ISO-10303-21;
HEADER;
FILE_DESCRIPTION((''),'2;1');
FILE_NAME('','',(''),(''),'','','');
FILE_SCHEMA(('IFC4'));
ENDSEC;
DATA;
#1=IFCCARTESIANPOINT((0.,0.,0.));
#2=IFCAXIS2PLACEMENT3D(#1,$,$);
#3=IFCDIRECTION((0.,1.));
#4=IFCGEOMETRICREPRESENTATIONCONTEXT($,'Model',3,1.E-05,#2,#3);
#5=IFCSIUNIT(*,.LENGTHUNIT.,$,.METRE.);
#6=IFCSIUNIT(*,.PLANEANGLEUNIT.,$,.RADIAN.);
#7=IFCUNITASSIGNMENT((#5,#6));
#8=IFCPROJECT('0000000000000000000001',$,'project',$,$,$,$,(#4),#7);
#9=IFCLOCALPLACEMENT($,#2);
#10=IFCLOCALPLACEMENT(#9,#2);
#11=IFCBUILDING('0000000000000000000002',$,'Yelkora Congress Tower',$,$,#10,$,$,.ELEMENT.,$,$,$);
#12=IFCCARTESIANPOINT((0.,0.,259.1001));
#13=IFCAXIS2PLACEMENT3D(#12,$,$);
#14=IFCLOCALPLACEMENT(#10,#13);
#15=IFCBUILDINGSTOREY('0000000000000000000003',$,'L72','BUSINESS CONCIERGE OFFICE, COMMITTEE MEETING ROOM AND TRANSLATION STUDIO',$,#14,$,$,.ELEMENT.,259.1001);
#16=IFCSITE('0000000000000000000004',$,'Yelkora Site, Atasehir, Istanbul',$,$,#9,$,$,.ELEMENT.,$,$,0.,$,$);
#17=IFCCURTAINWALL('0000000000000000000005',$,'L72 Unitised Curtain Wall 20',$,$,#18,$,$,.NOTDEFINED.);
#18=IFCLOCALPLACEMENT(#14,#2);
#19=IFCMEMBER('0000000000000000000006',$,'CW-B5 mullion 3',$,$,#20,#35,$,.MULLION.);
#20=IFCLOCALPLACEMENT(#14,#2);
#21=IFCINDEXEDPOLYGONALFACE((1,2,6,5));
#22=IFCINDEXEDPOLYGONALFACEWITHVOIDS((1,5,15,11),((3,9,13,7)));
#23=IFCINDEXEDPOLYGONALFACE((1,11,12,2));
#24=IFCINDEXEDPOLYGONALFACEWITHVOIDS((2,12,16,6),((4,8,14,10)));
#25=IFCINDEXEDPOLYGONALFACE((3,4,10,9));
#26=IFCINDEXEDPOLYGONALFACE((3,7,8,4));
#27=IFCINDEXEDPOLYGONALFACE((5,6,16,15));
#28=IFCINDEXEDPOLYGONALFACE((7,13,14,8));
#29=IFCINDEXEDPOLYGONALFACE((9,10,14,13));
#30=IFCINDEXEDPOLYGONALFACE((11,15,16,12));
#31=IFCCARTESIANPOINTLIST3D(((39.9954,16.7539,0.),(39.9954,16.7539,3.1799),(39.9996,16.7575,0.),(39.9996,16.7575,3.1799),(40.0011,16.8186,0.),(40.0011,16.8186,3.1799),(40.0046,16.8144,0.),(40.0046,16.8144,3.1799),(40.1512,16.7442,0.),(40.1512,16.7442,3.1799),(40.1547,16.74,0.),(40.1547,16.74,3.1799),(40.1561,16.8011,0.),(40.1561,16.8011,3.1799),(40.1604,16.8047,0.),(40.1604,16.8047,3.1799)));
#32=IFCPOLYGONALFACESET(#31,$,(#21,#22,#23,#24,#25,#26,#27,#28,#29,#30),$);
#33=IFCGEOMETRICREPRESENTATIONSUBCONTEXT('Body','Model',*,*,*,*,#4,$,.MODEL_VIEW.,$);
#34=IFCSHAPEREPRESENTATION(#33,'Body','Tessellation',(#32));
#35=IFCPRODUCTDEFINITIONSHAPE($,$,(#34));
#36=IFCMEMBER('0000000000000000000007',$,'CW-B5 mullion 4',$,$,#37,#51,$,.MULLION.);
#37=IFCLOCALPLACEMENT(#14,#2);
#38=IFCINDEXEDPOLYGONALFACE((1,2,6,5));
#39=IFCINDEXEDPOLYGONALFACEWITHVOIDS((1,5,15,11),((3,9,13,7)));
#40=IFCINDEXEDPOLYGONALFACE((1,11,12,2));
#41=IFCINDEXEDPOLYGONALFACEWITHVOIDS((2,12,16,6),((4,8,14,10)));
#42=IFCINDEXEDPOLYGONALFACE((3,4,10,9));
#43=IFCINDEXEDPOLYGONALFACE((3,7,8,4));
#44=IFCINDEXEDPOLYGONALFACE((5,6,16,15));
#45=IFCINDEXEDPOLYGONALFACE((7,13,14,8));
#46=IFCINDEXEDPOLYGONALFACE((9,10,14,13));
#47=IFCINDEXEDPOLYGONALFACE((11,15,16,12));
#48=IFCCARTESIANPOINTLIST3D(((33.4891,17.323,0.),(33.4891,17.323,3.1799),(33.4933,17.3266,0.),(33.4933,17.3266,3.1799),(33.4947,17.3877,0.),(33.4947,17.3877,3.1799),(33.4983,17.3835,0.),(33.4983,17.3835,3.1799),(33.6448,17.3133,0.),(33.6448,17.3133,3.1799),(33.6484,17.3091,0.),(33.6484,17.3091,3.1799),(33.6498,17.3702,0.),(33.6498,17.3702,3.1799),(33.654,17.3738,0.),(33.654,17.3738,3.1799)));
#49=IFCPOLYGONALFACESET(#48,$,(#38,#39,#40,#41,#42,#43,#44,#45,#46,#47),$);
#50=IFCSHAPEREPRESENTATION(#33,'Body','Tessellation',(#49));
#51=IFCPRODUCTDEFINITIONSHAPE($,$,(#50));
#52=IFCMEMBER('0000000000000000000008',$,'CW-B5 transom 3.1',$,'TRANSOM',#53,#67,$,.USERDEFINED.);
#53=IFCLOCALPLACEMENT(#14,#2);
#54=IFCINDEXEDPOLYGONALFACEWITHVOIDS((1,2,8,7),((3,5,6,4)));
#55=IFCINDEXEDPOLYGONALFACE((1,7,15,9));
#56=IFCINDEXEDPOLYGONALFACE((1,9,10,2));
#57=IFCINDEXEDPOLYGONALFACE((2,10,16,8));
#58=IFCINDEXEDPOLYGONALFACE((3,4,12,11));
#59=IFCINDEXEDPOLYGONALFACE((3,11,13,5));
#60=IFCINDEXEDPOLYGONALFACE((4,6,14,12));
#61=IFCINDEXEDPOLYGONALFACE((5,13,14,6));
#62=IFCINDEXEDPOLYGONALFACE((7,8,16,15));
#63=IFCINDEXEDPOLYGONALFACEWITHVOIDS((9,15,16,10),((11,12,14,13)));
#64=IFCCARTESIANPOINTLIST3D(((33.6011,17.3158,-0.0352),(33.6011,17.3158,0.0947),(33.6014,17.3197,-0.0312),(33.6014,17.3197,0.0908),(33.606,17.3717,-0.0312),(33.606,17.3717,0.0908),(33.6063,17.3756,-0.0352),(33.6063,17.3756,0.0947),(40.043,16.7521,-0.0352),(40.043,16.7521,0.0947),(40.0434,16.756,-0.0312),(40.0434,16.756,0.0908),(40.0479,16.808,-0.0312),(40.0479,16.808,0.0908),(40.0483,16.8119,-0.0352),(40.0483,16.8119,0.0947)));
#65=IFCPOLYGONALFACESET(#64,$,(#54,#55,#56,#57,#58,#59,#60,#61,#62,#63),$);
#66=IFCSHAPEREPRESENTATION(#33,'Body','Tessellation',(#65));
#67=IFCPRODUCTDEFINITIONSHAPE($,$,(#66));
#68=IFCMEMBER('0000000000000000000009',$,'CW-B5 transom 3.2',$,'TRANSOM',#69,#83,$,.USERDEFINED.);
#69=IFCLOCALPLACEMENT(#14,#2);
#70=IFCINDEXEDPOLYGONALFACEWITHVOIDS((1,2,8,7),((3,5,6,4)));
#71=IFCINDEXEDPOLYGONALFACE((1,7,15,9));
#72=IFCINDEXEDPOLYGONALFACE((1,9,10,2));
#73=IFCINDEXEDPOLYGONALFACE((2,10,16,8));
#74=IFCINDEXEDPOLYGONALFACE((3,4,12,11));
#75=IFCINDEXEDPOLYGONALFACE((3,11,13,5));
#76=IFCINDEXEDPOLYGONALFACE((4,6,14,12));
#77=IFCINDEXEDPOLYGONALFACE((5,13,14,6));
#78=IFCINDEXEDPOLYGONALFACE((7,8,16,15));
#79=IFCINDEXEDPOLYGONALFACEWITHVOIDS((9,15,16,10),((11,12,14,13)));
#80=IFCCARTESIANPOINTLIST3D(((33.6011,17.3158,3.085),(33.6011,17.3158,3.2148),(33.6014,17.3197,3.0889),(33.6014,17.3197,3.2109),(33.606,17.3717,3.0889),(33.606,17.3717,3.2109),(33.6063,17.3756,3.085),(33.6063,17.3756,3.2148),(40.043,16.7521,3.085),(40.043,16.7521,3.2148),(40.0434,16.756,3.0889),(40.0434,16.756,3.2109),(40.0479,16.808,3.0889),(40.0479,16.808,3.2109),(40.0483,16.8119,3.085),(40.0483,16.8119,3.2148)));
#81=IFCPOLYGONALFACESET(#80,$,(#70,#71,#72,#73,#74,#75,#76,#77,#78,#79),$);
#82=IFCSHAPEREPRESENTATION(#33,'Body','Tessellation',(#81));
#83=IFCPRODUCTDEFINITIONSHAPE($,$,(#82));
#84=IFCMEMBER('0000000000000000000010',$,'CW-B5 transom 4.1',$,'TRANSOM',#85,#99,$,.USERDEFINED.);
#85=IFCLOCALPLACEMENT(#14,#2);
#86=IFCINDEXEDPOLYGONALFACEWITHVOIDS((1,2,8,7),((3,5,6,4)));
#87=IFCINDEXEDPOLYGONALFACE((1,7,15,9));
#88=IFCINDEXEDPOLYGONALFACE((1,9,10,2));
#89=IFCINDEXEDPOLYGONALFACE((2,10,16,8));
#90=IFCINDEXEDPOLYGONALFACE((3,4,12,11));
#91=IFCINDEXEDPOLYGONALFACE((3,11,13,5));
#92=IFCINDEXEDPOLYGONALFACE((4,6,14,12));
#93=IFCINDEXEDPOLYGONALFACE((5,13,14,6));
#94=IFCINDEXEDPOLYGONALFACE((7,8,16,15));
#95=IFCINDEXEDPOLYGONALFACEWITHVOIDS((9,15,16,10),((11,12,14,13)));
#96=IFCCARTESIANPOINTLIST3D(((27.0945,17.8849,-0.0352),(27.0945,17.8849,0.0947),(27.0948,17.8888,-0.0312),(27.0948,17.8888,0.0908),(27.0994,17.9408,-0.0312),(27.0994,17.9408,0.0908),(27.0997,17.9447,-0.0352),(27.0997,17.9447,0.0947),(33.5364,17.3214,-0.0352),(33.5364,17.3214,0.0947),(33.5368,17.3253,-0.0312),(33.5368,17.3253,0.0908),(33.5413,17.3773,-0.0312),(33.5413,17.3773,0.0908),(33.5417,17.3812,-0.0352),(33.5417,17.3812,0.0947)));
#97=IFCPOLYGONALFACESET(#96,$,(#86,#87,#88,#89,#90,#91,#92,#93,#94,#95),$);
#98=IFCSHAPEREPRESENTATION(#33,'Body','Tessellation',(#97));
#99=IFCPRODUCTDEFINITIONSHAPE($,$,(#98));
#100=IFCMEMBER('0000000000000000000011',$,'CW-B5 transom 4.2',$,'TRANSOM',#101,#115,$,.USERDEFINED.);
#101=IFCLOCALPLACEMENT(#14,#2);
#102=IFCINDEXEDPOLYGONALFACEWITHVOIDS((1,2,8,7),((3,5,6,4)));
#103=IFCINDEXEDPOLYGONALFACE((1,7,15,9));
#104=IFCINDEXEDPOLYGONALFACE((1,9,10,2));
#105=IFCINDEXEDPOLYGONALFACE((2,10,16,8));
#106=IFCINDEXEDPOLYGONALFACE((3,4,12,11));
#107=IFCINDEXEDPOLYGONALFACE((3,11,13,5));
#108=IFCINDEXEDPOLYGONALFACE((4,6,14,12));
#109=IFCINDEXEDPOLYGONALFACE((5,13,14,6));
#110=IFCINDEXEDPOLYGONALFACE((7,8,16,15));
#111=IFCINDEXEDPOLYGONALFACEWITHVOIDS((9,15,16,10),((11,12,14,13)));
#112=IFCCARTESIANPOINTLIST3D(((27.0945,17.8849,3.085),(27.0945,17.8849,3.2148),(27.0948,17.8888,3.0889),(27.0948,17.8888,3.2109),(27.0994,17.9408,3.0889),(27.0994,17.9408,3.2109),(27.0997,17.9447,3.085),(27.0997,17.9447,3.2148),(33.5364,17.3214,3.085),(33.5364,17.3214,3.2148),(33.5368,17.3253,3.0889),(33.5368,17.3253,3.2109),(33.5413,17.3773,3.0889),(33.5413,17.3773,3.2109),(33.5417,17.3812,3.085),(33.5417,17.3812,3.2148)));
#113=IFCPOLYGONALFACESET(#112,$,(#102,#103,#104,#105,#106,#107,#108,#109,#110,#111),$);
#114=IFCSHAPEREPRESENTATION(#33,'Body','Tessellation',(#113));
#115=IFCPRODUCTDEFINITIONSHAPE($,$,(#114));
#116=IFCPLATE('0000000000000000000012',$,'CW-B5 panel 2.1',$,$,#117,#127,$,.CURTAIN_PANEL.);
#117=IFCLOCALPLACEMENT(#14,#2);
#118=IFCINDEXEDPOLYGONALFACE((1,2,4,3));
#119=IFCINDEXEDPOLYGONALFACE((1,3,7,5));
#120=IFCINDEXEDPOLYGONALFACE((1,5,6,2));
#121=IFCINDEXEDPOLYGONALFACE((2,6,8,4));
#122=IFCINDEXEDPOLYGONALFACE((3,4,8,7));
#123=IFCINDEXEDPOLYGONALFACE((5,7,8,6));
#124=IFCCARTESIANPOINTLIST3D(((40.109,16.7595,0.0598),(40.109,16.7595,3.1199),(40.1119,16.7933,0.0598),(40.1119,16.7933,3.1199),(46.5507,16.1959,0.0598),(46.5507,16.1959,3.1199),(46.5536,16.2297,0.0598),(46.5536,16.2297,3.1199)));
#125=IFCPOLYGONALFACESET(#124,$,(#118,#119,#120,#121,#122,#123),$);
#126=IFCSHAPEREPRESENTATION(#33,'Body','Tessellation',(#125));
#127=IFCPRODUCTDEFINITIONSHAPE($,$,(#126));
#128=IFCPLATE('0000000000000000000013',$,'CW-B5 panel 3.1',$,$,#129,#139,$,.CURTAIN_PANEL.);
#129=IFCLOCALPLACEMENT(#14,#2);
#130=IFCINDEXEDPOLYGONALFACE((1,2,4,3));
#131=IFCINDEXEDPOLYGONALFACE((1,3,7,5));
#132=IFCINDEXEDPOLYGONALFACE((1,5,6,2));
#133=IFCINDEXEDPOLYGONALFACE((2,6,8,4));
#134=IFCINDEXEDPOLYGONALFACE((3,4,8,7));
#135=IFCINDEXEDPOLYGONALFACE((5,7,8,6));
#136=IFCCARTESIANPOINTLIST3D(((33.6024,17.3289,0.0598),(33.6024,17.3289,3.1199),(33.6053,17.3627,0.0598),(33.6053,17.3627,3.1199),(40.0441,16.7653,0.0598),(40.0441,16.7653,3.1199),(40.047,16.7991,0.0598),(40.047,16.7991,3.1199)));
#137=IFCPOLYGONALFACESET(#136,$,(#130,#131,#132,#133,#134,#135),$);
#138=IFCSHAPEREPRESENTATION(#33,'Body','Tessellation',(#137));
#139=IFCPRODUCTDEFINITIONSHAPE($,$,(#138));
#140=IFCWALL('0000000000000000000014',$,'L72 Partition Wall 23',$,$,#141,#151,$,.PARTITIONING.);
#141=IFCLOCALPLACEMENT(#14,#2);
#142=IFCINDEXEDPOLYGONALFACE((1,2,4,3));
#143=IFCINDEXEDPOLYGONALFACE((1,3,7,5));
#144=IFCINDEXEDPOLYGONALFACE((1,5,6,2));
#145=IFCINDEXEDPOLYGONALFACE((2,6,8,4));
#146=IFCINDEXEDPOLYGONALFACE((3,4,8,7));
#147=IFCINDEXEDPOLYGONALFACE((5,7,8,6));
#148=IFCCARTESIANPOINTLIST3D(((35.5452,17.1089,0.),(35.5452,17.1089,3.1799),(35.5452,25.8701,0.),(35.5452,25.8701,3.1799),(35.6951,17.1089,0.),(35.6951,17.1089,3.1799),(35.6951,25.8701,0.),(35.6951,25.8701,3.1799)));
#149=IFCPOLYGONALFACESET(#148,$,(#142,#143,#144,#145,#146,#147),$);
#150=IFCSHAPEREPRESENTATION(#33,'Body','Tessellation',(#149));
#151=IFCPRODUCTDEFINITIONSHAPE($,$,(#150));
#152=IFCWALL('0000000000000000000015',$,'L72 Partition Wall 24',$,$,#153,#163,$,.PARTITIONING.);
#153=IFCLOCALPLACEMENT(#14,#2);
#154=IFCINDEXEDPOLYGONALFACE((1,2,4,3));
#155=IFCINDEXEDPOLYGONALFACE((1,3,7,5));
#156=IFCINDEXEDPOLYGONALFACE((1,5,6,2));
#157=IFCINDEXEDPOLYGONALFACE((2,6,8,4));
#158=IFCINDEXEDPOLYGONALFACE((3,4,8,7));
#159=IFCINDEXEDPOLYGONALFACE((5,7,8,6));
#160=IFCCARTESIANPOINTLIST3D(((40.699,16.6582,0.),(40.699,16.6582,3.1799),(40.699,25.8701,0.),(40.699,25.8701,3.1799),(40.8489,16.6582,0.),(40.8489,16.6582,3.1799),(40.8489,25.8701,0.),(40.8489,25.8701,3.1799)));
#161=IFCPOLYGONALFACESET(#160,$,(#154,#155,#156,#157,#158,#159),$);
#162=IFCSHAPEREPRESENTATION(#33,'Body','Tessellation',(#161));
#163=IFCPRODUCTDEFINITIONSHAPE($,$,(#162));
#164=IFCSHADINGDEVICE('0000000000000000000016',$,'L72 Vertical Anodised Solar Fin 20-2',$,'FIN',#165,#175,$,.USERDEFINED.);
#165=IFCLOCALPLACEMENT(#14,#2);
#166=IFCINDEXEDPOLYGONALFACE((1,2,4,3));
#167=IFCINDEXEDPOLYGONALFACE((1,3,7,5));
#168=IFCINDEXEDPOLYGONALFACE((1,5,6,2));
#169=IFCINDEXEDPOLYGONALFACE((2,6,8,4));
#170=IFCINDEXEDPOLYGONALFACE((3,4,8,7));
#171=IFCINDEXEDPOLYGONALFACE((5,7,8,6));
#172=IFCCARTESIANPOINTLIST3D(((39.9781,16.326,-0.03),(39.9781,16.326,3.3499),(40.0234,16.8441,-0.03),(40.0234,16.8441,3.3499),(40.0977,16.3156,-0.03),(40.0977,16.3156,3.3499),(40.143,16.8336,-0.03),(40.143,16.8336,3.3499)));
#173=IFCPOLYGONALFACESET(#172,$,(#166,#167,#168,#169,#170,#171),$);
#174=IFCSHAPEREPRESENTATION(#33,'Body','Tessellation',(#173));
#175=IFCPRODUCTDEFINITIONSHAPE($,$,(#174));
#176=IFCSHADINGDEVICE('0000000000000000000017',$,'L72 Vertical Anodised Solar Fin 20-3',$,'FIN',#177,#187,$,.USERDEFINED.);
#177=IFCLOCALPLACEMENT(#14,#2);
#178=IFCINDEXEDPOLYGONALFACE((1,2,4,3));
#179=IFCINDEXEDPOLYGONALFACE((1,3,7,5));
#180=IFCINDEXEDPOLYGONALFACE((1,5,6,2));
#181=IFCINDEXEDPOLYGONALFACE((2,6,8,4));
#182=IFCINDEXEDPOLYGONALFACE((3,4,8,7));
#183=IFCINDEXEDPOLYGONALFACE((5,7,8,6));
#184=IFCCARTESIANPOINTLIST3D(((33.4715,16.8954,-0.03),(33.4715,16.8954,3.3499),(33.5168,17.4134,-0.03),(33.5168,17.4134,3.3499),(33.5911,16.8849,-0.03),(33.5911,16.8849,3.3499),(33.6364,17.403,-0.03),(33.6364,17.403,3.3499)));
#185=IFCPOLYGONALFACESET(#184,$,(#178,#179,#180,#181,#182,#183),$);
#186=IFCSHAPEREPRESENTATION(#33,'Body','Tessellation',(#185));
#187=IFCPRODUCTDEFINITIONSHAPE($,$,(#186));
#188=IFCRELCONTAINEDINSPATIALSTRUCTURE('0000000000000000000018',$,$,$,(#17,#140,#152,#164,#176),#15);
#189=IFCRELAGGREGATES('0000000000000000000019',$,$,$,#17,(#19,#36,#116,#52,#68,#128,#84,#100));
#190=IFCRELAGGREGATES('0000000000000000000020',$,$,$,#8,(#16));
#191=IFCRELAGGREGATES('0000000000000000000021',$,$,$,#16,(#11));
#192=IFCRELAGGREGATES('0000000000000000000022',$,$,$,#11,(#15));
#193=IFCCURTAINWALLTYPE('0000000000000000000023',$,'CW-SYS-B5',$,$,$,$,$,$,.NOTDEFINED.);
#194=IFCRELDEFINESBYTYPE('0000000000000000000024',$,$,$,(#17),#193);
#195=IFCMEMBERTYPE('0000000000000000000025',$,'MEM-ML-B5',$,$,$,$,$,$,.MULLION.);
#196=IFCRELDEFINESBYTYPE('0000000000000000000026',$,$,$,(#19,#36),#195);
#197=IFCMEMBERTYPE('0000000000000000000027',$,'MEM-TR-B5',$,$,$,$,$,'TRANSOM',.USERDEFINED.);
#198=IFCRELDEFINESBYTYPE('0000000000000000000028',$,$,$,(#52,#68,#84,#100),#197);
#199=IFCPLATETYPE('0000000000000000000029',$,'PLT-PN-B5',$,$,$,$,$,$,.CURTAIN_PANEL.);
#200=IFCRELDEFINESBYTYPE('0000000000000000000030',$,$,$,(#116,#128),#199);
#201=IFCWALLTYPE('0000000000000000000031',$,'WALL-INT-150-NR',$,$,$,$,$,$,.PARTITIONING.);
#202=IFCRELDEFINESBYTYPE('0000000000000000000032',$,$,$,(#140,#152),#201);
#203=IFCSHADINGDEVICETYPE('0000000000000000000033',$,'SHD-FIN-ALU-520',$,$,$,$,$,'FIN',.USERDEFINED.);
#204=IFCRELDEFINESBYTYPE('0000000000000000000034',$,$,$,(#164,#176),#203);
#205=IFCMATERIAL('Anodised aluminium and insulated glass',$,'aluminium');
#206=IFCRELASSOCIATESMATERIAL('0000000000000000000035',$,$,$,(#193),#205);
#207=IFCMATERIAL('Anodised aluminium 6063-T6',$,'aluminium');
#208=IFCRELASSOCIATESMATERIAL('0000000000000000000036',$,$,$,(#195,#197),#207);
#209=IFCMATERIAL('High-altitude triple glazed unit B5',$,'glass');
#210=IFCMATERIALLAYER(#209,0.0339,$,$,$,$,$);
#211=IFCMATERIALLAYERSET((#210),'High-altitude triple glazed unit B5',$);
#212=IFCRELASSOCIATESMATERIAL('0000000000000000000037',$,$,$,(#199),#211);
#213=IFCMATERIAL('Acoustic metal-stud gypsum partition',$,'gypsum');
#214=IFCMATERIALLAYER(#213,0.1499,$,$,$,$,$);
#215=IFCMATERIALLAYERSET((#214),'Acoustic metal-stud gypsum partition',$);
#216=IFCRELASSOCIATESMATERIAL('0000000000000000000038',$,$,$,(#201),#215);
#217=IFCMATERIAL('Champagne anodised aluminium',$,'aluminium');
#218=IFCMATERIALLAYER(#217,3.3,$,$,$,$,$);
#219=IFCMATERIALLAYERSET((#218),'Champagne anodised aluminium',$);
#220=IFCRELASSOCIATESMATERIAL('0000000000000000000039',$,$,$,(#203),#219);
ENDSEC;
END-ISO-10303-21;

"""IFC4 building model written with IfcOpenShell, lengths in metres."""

from ifc_helpers import new_model, si_unit, direction, frame, frame_2d, origin, origin_2d, place, context, subcontext, project, spatial, rectangle, hollow_rectangle, extrude, material, layer, layer_set, material_profile, profile_set, type_object, element, aggregate, save


model = new_model("IFC4")

# Units and contexts
model_context = context("Model", 3, precision=1e-05, world=origin(), true_north=direction((0.0, 1.0)))
body_context = subcontext(model_context, "Body", "Model", "MODEL_VIEW")
ifc_project = project(units=[si_unit("LENGTHUNIT", "METRE"), si_unit("PLANEANGLEUNIT", "RADIAN")], contexts=[model_context])

# Site, building, storey
site_placement = place(None, origin())
site = spatial("IfcSite", under=ifc_project, at=site_placement, Name="Yelkora Site, Atasehir, Istanbul", CompositionType="ELEMENT", RefElevation=0.0)
building_placement = place(site_placement, origin())
building = spatial("IfcBuilding", under=site, at=building_placement, Name="Yelkora Congress Tower", CompositionType="ELEMENT")
storey_placement = place(building_placement, frame((0.0, 0.0, 259.1001)))
storey = spatial("IfcBuildingStorey", under=building, at=storey_placement, Name="L72", Description="BUSINESS CONCIERGE OFFICE, COMMITTEE MEETING ROOM AND TRANSLATION STUDIO", CompositionType="ELEMENT", Elevation=259.1001)

# Curtain wall, members, plates
ifc_material_1 = material(Name="Anodised aluminium and insulated glass", Category="aluminium")
curtain_wall_type = type_object("IfcCurtainWallType", Name="CW-SYS-B5", PredefinedType="NOTDEFINED", material=ifc_material_1)
curtain_wall_placement = place(storey_placement, origin())
curtain_wall = element("IfcCurtainWall", 1, at=curtain_wall_placement, inside=storey, type_object=curtain_wall_type, Name="L72 Unitised Curtain Wall 20", PredefinedType="NOTDEFINED")
ifc_material_2 = material(Name="Anodised aluminium 6063-T6", Category="aluminium")
ifc_material_profile_1 = material_profile(ifc_material_2, hollow_rectangle(XDim=0.0649, YDim=0.1599, WallThickness=0.0039, at=origin_2d()), Name="ALU 65x160x4")
ifc_profile_set_1 = profile_set([ifc_material_profile_1], Name="Anodised aluminium 6063-T6")
member_type_1 = type_object("IfcMemberType", Name="MEM-ML-B5", PredefinedType="MULLION", material=ifc_profile_set_1)
member_1_placement = place(storey_placement, frame((40.0779, 16.7793, 0.0), z_axis=(0.0, 0.0, 1.0), x_axis=(-0.087157, -0.996195, 0.0)))
member_1 = element("IfcMember", 2, at=member_1_placement, type_object=member_type_1, Name="CW-B5 mullion 3", PredefinedType="MULLION", context=body_context, shape_type="SweptSolid", body=[
    extrude(hollow_rectangle(XDim=0.0649, YDim=0.1599, WallThickness=0.0039, at=origin_2d()), origin(), (0.0, 0.0, 1.0), 3.1799),
])
member_2_placement = place(storey_placement, frame((33.5715, 17.3484, 0.0), z_axis=(0.0, 0.0, 1.0), x_axis=(-0.087157, -0.996195, 0.0)))
member_2 = element("IfcMember", 3, at=member_2_placement, type_object=member_type_1, Name="CW-B5 mullion 4", PredefinedType="MULLION", context=body_context, shape_type="SweptSolid", body=[
    extrude(hollow_rectangle(XDim=0.0649, YDim=0.1599, WallThickness=0.0039, at=origin_2d()), origin(), (0.0, 0.0, 1.0), 3.1799),
])
ifc_material_profile_2 = material_profile(ifc_material_2, hollow_rectangle(XDim=0.0601, YDim=0.1299, WallThickness=0.0039, at=origin_2d()), Name="ALU 60x130x4")
ifc_profile_set_2 = profile_set([ifc_material_profile_2], Name="Anodised aluminium 6063-T6")
member_type_2 = type_object("IfcMemberType", Name="MEM-TR-B5", ElementType="TRANSOM", PredefinedType="USERDEFINED", material=ifc_profile_set_2)
member_3_placement = place(storey_placement, frame((40.0457, 16.782, 0.0298), z_axis=(-0.996193, 0.087175, 0.0), x_axis=(-0.087175, -0.996193, 0.0)))
member_3 = element("IfcMember", 4, at=member_3_placement, type_object=member_type_2, Name="CW-B5 transom 3.1", ObjectType="TRANSOM", PredefinedType="USERDEFINED", context=body_context, shape_type="SweptSolid", body=[
    extrude(hollow_rectangle(XDim=0.0601, YDim=0.1299, WallThickness=0.0039, at=origin_2d()), origin(), (0.0, 0.0, 1.0), 6.4666),
])
member_4_placement = place(storey_placement, frame((40.0457, 16.782, 3.1499), z_axis=(-0.996193, 0.087175, 0.0), x_axis=(-0.087175, -0.996193, 0.0)))
member_4 = element("IfcMember", 5, at=member_4_placement, type_object=member_type_2, Name="CW-B5 transom 3.2", ObjectType="TRANSOM", PredefinedType="USERDEFINED", context=body_context, shape_type="SweptSolid", body=[
    extrude(hollow_rectangle(XDim=0.0601, YDim=0.1299, WallThickness=0.0039, at=origin_2d()), origin(), (0.0, 0.0, 1.0), 6.4666),
])
member_5_placement = place(storey_placement, frame((33.5391, 17.3513, 0.0298), z_axis=(-0.996196, 0.087138, 0.0), x_axis=(-0.087138, -0.996196, 0.0)))
member_5 = element("IfcMember", 6, at=member_5_placement, type_object=member_type_2, Name="CW-B5 transom 4.1", ObjectType="TRANSOM", PredefinedType="USERDEFINED", context=body_context, shape_type="SweptSolid", body=[
    extrude(hollow_rectangle(XDim=0.0601, YDim=0.1299, WallThickness=0.0039, at=origin_2d()), origin(), (0.0, 0.0, 1.0), 6.4666),
])
member_6_placement = place(storey_placement, frame((33.5391, 17.3513, 3.1499), z_axis=(-0.996196, 0.087138, 0.0), x_axis=(-0.087138, -0.996196, 0.0)))
member_6 = element("IfcMember", 7, at=member_6_placement, type_object=member_type_2, Name="CW-B5 transom 4.2", ObjectType="TRANSOM", PredefinedType="USERDEFINED", context=body_context, shape_type="SweptSolid", body=[
    extrude(hollow_rectangle(XDim=0.0601, YDim=0.1299, WallThickness=0.0039, at=origin_2d()), origin(), (0.0, 0.0, 1.0), 6.4666),
])
ifc_material_3 = material(Name="High-altitude triple glazed unit B5", Category="glass")
ifc_layer_1 = layer(ifc_material_3, 0.0339)
ifc_layer_set_1 = layer_set([ifc_layer_1], Name="High-altitude triple glazed unit B5")
plate_type = type_object("IfcPlateType", Name="PLT-PN-B5", PredefinedType="CURTAIN_PANEL", material=ifc_layer_set_1)
plate_1_placement = place(storey_placement, frame((43.3313, 16.4946, 0.0598), z_axis=(0.0, 0.0, 1.0), x_axis=(-0.996195, 0.087157, 0.0)))
plate_1 = element("IfcPlate", 8, at=plate_1_placement, type_object=plate_type, Name="CW-B5 panel 2.1", PredefinedType="CURTAIN_PANEL", context=body_context, shape_type="SweptSolid", body=[
    extrude(rectangle(XDim=6.4663, YDim=0.0339, at=origin_2d()), origin(), (0.0, 0.0, 1.0), 3.0601),
])
plate_2_placement = place(storey_placement, frame((36.8247, 17.064, 0.0598), z_axis=(0.0, 0.0, 1.0), x_axis=(-0.996195, 0.087157, 0.0)))
plate_2 = element("IfcPlate", 9, at=plate_2_placement, type_object=plate_type, Name="CW-B5 panel 3.1", PredefinedType="CURTAIN_PANEL", context=body_context, shape_type="SweptSolid", body=[
    extrude(rectangle(XDim=6.4663, YDim=0.0339, at=origin_2d()), origin(), (0.0, 0.0, 1.0), 3.0601),
])
aggregate(curtain_wall, [member_1, member_2, plate_1, member_3, member_4, plate_2, member_5, member_6])

# Walls
ifc_material_4 = material(Name="Acoustic metal-stud gypsum partition", Category="gypsum")
ifc_layer_2 = layer(ifc_material_4, 0.1499)
ifc_layer_set_2 = layer_set([ifc_layer_2], Name="Acoustic metal-stud gypsum partition")
wall_type = type_object("IfcWallType", Name="WALL-INT-150-NR", PredefinedType="PARTITIONING", material=ifc_layer_set_2)
wall_1_placement = place(storey_placement, frame((35.6201, 17.1089, 0.0), z_axis=(0.0, 0.0, 1.0), x_axis=(0.0, 1.0, 0.0)))
element("IfcWall", 10, at=wall_1_placement, inside=storey, type_object=wall_type, Name="L72 Partition Wall 23", PredefinedType="PARTITIONING", context=body_context, shape_type="SweptSolid", body=[
    extrude(rectangle(XDim=8.7612, YDim=0.1499, at=frame_2d((4.3806, 0.0))), origin(), (0.0, 0.0, 1.0), 3.1799),
])
wall_2_placement = place(storey_placement, frame((40.7739, 16.6582, 0.0), z_axis=(0.0, 0.0, 1.0), x_axis=(0.0, 1.0, 0.0)))
element("IfcWall", 11, at=wall_2_placement, inside=storey, type_object=wall_type, Name="L72 Partition Wall 24", PredefinedType="PARTITIONING", context=body_context, shape_type="SweptSolid", body=[
    extrude(rectangle(XDim=9.2119, YDim=0.1499, at=frame_2d((4.606, 0.0))), origin(), (0.0, 0.0, 1.0), 3.1799),
])

# Shading devices
ifc_material_5 = material(Name="Champagne anodised aluminium", Category="aluminium")
ifc_layer_3 = layer(ifc_material_5, 3.3)
ifc_layer_set_3 = layer_set([ifc_layer_3], Name="Champagne anodised aluminium")
shading_device_type = type_object("IfcShadingDeviceType", Name="SHD-FIN-ALU-520", ElementType="FIN", PredefinedType="USERDEFINED", material=ifc_layer_set_3)
for number, where, z_axis, x_axis, name in (
    (12, (40.0605, 16.5798, -0.03), (0.0, 0.0, 1.0), (-0.996195, 0.087156, 0.0), "L72 Vertical Anodised Solar Fin 20-2"),
    (13, (33.554, 17.1492, -0.03), (0.0, 0.0, 1.0), (-0.996195, 0.087156, 0.0), "L72 Vertical Anodised Solar Fin 20-3"),
):
    element("IfcShadingDevice", number, at=place(storey_placement, frame(where, z_axis=z_axis, x_axis=x_axis)), inside=storey, type_object=shading_device_type, Name=name, ObjectType="FIN", PredefinedType="USERDEFINED", context=body_context, shape_type="SweptSolid", body=[
        extrude(rectangle(XDim=0.1201, YDim=0.52, at=origin_2d()), origin(), (0.0, 0.0, 1.0), 3.3799),
    ])

save(model, "model.ifc")
